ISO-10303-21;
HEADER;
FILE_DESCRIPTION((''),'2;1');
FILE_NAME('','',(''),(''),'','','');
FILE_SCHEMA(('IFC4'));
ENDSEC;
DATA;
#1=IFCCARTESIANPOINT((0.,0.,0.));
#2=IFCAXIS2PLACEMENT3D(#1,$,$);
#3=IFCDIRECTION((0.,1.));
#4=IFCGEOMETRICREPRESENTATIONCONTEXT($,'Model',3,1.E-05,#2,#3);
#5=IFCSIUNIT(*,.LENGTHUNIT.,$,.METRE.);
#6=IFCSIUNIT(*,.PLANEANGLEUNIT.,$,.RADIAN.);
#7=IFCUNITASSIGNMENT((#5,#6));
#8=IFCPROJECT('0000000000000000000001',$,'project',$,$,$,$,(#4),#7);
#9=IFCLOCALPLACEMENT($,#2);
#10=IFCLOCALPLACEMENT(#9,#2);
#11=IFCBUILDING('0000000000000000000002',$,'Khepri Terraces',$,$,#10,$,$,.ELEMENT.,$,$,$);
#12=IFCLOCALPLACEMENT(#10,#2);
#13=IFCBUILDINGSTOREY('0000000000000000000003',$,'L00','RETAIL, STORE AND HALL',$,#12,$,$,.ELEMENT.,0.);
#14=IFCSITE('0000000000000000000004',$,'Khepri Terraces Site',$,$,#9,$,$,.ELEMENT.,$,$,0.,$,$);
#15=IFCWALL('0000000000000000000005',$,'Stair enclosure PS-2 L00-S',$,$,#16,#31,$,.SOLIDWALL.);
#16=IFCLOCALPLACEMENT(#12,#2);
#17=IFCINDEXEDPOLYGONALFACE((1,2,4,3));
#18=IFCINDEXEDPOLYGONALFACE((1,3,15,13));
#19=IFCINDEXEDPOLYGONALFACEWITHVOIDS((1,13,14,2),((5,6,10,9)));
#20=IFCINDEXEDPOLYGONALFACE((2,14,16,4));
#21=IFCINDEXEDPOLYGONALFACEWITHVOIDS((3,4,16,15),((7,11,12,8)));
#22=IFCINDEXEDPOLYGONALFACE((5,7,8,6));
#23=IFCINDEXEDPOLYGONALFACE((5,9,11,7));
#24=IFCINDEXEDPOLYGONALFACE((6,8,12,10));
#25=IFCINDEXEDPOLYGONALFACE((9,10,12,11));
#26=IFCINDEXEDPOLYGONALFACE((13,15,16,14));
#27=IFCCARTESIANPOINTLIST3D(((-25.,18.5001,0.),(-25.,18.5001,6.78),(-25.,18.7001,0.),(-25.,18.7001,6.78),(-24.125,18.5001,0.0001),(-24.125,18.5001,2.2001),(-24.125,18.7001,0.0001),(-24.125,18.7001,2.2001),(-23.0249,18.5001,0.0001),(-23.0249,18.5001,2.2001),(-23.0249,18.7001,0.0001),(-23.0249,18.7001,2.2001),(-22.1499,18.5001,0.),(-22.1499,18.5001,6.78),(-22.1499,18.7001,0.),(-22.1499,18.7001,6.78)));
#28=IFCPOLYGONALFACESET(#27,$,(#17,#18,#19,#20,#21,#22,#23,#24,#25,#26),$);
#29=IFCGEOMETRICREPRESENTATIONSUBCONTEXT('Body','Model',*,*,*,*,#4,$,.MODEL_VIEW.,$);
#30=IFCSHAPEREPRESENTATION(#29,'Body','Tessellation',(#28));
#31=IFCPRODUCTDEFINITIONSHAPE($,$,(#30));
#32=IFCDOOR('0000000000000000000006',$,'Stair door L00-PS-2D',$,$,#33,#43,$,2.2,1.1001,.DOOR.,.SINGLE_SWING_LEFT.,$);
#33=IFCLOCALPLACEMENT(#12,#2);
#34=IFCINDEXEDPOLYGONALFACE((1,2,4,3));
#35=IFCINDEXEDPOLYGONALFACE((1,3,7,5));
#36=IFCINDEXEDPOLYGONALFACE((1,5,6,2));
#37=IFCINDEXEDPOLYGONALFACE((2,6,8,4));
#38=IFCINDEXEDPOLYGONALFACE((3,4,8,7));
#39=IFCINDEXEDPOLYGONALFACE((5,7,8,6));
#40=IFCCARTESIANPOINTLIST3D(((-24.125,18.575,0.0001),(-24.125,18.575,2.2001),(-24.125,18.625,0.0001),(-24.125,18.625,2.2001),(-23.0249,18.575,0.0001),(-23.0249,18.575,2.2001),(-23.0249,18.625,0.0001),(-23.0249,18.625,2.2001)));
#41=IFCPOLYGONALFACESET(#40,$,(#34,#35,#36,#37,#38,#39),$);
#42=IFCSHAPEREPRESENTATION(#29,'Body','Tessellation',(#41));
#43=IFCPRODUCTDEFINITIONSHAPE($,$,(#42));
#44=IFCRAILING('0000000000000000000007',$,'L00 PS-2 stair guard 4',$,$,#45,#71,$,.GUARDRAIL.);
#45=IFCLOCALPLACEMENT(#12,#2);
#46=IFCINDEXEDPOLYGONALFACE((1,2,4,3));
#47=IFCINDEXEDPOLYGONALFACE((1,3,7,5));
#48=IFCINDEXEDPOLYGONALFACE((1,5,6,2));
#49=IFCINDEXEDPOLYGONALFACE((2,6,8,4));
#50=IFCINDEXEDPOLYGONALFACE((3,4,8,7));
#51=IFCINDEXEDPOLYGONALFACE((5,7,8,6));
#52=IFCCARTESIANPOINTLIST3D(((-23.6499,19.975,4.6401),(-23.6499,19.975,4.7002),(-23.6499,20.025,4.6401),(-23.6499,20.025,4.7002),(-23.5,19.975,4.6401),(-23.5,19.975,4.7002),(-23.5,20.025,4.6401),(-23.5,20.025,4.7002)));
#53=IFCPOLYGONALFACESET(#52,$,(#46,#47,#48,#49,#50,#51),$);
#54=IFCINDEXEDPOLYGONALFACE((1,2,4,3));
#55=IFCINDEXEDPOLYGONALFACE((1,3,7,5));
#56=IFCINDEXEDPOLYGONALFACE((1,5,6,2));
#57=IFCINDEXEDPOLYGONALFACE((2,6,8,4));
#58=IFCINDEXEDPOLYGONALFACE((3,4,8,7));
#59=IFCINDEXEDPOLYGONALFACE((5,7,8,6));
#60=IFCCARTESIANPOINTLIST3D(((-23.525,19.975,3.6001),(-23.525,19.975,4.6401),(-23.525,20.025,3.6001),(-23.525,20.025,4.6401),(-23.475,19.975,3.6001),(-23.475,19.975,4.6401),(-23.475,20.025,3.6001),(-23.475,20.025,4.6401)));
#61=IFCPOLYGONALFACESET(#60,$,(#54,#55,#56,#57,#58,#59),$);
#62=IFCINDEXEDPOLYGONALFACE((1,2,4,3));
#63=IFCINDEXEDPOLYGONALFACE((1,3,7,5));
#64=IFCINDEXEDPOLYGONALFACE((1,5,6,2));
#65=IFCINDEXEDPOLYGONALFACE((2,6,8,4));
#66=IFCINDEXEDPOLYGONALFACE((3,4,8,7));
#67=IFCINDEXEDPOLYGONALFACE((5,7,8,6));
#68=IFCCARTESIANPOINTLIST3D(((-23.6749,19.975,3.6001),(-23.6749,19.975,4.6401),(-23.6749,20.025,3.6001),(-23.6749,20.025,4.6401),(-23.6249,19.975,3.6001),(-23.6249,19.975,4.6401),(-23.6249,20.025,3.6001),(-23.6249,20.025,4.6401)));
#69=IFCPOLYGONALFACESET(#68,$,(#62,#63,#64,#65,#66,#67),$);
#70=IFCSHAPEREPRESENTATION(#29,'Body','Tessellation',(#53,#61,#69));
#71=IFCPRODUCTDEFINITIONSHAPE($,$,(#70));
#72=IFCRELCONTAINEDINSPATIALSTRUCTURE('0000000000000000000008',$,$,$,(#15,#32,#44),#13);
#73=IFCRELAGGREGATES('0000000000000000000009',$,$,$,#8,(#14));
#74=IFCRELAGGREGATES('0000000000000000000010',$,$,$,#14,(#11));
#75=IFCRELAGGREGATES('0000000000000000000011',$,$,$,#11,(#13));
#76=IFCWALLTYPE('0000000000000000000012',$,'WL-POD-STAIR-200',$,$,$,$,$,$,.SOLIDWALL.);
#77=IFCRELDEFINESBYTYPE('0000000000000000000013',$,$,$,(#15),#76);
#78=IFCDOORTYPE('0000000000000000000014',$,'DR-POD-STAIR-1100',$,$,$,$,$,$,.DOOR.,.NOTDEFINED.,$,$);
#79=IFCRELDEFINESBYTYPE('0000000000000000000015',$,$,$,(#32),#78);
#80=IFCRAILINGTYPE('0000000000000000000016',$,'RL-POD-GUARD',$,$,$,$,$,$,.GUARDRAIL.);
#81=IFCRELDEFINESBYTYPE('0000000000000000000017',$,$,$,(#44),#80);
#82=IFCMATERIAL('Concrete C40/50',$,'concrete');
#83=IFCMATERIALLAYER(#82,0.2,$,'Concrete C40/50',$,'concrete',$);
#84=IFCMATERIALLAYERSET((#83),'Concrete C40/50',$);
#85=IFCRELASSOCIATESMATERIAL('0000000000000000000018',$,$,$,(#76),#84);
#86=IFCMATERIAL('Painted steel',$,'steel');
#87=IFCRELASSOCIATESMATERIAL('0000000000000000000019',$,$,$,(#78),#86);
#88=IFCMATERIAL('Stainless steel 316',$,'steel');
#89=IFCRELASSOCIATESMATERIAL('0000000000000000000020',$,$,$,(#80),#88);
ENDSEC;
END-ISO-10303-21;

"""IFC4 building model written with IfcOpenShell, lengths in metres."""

from ifc_helpers import new_model, si_unit, direction, frame, frame_2d, origin, origin_2d, place, context, subcontext, project, spatial, rectangle, extrude, material, layer, layer_set, type_object, element, fill, save


model = new_model("IFC4")

# Units and contexts
model_context = context("Model", 3, precision=1e-05, world=origin(), true_north=direction((0.0, 1.0)))
body_context = subcontext(model_context, "Body", "Model", "MODEL_VIEW")
ifc_project = project(units=[si_unit("LENGTHUNIT", "METRE"), si_unit("PLANEANGLEUNIT", "RADIAN")], contexts=[model_context])

# Site, building, storey
site_placement = place(None, origin())
site = spatial("IfcSite", under=ifc_project, at=site_placement, Name="Khepri Terraces Site", CompositionType="ELEMENT", RefElevation=0.0)
building_placement = place(site_placement, origin())
building = spatial("IfcBuilding", under=site, at=building_placement, Name="Khepri Terraces", CompositionType="ELEMENT")
storey_placement = place(building_placement, origin())
storey = spatial("IfcBuildingStorey", under=building, at=storey_placement, Name="L00", Description="RETAIL, STORE AND HALL", CompositionType="ELEMENT", Elevation=0.0)

# Shared definitions
ifc_material_1 = material(Name="Painted steel", Category="steel")

# Shared definitions
ifc_material_2 = material(Name="Concrete C40/50", Category="concrete")
ifc_layer_1 = layer(ifc_material_2, 0.2, Name="Concrete C40/50", Category="concrete")
ifc_layer_set_1 = layer_set([ifc_layer_1], Name="Concrete C40/50")
wall_type_1 = type_object("IfcWallType", Name="WL-POD-STAIR-200", PredefinedType="SOLIDWALL", material=ifc_layer_set_1)

# Wall, opening, door
wall_1_placement = place(storey_placement, frame((-25.0, 18.6001, 0.0), z_axis=(0.0, 0.0, 1.0), x_axis=(1.0, 0.0, 0.0)))
wall_1 = element("IfcWall", 1, at=wall_1_placement, inside=storey, type_object=wall_type_1, Name="Stair enclosure PS-2 L00-S", PredefinedType="SOLIDWALL", context=body_context, shape_type="SweptSolid", body=[
    extrude(rectangle(XDim=2.8501, YDim=0.2, at=frame_2d((1.425, 0.0))), origin(), (0.0, 0.0, 1.0), 6.78),
])
opening_1_placement = place(wall_1_placement, frame((0.875, 0.0, 0.0)))
opening_1 = element("IfcOpeningElement", 2, at=opening_1_placement, cuts=wall_1, PredefinedType="OPENING", context=body_context, shape_type="SweptSolid", body=[
    extrude(rectangle(XDim=1.1001, YDim=2.2, at=frame_2d((0.55, 1.1001))), frame((0.0, 0.1099, 0.0), z_axis=(0.0, -1.0, 0.0), x_axis=(1.0, 0.0, 0.0)), (0.0, 0.0, 1.0), 0.22),
])
door_type_1 = type_object("IfcDoorType", Name="DR-POD-STAIR-1100", OperationType="NOTDEFINED", PredefinedType="DOOR", material=ifc_material_1)
door_1_placement = place(opening_1_placement, origin())
door_1 = element("IfcDoor", 3, at=door_1_placement, inside=storey, type_object=door_type_1, Name="Stair door L00-PS-2D", OperationType="SINGLE_SWING_LEFT", OverallHeight=2.2, OverallWidth=1.1001, PredefinedType="DOOR", context=body_context, shape_type="SweptSolid", body=[
    extrude(rectangle(XDim=1.1001, YDim=2.2, at=frame_2d((0.55, 1.1001))), frame((0.0, 0.0249, 0.0), z_axis=(0.0, -1.0, 0.0), x_axis=(1.0, 0.0, 0.0)), (0.0, 0.0, 1.0), 0.05),
])
fill(opening_1, door_1)

# Railing
ifc_material_3 = material(Name="Stainless steel 316", Category="steel")
railing_type = type_object("IfcRailingType", Name="RL-POD-GUARD", PredefinedType="GUARDRAIL", material=ifc_material_3)
railing_placement = place(storey_placement, frame((-23.5, 20.0, 3.6001)))
element("IfcRailing", 4, at=railing_placement, inside=storey, type_object=railing_type, Name="L00 PS-2 stair guard 4", PredefinedType="GUARDRAIL", context=body_context, shape_type="SweptSolid", body=[
    extrude(rectangle(XDim=0.05, YDim=0.0601, at=origin_2d()), frame((0.0, 0.0, 1.0701), z_axis=(-1.0, 0.0, 0.0), x_axis=(0.0, -1.0, 0.0)), (0.0, 0.0, 1.0), 0.1499),
    extrude(rectangle(XDim=0.05, YDim=0.05, at=origin_2d()), origin(), (0.0, 0.0, 1.0), 1.04),
    extrude(rectangle(XDim=0.05, YDim=0.05, at=origin_2d()), frame((-0.1499, 0.0, 0.0)), (0.0, 0.0, 1.0), 1.04),
])

save(model, "model.ifc")
